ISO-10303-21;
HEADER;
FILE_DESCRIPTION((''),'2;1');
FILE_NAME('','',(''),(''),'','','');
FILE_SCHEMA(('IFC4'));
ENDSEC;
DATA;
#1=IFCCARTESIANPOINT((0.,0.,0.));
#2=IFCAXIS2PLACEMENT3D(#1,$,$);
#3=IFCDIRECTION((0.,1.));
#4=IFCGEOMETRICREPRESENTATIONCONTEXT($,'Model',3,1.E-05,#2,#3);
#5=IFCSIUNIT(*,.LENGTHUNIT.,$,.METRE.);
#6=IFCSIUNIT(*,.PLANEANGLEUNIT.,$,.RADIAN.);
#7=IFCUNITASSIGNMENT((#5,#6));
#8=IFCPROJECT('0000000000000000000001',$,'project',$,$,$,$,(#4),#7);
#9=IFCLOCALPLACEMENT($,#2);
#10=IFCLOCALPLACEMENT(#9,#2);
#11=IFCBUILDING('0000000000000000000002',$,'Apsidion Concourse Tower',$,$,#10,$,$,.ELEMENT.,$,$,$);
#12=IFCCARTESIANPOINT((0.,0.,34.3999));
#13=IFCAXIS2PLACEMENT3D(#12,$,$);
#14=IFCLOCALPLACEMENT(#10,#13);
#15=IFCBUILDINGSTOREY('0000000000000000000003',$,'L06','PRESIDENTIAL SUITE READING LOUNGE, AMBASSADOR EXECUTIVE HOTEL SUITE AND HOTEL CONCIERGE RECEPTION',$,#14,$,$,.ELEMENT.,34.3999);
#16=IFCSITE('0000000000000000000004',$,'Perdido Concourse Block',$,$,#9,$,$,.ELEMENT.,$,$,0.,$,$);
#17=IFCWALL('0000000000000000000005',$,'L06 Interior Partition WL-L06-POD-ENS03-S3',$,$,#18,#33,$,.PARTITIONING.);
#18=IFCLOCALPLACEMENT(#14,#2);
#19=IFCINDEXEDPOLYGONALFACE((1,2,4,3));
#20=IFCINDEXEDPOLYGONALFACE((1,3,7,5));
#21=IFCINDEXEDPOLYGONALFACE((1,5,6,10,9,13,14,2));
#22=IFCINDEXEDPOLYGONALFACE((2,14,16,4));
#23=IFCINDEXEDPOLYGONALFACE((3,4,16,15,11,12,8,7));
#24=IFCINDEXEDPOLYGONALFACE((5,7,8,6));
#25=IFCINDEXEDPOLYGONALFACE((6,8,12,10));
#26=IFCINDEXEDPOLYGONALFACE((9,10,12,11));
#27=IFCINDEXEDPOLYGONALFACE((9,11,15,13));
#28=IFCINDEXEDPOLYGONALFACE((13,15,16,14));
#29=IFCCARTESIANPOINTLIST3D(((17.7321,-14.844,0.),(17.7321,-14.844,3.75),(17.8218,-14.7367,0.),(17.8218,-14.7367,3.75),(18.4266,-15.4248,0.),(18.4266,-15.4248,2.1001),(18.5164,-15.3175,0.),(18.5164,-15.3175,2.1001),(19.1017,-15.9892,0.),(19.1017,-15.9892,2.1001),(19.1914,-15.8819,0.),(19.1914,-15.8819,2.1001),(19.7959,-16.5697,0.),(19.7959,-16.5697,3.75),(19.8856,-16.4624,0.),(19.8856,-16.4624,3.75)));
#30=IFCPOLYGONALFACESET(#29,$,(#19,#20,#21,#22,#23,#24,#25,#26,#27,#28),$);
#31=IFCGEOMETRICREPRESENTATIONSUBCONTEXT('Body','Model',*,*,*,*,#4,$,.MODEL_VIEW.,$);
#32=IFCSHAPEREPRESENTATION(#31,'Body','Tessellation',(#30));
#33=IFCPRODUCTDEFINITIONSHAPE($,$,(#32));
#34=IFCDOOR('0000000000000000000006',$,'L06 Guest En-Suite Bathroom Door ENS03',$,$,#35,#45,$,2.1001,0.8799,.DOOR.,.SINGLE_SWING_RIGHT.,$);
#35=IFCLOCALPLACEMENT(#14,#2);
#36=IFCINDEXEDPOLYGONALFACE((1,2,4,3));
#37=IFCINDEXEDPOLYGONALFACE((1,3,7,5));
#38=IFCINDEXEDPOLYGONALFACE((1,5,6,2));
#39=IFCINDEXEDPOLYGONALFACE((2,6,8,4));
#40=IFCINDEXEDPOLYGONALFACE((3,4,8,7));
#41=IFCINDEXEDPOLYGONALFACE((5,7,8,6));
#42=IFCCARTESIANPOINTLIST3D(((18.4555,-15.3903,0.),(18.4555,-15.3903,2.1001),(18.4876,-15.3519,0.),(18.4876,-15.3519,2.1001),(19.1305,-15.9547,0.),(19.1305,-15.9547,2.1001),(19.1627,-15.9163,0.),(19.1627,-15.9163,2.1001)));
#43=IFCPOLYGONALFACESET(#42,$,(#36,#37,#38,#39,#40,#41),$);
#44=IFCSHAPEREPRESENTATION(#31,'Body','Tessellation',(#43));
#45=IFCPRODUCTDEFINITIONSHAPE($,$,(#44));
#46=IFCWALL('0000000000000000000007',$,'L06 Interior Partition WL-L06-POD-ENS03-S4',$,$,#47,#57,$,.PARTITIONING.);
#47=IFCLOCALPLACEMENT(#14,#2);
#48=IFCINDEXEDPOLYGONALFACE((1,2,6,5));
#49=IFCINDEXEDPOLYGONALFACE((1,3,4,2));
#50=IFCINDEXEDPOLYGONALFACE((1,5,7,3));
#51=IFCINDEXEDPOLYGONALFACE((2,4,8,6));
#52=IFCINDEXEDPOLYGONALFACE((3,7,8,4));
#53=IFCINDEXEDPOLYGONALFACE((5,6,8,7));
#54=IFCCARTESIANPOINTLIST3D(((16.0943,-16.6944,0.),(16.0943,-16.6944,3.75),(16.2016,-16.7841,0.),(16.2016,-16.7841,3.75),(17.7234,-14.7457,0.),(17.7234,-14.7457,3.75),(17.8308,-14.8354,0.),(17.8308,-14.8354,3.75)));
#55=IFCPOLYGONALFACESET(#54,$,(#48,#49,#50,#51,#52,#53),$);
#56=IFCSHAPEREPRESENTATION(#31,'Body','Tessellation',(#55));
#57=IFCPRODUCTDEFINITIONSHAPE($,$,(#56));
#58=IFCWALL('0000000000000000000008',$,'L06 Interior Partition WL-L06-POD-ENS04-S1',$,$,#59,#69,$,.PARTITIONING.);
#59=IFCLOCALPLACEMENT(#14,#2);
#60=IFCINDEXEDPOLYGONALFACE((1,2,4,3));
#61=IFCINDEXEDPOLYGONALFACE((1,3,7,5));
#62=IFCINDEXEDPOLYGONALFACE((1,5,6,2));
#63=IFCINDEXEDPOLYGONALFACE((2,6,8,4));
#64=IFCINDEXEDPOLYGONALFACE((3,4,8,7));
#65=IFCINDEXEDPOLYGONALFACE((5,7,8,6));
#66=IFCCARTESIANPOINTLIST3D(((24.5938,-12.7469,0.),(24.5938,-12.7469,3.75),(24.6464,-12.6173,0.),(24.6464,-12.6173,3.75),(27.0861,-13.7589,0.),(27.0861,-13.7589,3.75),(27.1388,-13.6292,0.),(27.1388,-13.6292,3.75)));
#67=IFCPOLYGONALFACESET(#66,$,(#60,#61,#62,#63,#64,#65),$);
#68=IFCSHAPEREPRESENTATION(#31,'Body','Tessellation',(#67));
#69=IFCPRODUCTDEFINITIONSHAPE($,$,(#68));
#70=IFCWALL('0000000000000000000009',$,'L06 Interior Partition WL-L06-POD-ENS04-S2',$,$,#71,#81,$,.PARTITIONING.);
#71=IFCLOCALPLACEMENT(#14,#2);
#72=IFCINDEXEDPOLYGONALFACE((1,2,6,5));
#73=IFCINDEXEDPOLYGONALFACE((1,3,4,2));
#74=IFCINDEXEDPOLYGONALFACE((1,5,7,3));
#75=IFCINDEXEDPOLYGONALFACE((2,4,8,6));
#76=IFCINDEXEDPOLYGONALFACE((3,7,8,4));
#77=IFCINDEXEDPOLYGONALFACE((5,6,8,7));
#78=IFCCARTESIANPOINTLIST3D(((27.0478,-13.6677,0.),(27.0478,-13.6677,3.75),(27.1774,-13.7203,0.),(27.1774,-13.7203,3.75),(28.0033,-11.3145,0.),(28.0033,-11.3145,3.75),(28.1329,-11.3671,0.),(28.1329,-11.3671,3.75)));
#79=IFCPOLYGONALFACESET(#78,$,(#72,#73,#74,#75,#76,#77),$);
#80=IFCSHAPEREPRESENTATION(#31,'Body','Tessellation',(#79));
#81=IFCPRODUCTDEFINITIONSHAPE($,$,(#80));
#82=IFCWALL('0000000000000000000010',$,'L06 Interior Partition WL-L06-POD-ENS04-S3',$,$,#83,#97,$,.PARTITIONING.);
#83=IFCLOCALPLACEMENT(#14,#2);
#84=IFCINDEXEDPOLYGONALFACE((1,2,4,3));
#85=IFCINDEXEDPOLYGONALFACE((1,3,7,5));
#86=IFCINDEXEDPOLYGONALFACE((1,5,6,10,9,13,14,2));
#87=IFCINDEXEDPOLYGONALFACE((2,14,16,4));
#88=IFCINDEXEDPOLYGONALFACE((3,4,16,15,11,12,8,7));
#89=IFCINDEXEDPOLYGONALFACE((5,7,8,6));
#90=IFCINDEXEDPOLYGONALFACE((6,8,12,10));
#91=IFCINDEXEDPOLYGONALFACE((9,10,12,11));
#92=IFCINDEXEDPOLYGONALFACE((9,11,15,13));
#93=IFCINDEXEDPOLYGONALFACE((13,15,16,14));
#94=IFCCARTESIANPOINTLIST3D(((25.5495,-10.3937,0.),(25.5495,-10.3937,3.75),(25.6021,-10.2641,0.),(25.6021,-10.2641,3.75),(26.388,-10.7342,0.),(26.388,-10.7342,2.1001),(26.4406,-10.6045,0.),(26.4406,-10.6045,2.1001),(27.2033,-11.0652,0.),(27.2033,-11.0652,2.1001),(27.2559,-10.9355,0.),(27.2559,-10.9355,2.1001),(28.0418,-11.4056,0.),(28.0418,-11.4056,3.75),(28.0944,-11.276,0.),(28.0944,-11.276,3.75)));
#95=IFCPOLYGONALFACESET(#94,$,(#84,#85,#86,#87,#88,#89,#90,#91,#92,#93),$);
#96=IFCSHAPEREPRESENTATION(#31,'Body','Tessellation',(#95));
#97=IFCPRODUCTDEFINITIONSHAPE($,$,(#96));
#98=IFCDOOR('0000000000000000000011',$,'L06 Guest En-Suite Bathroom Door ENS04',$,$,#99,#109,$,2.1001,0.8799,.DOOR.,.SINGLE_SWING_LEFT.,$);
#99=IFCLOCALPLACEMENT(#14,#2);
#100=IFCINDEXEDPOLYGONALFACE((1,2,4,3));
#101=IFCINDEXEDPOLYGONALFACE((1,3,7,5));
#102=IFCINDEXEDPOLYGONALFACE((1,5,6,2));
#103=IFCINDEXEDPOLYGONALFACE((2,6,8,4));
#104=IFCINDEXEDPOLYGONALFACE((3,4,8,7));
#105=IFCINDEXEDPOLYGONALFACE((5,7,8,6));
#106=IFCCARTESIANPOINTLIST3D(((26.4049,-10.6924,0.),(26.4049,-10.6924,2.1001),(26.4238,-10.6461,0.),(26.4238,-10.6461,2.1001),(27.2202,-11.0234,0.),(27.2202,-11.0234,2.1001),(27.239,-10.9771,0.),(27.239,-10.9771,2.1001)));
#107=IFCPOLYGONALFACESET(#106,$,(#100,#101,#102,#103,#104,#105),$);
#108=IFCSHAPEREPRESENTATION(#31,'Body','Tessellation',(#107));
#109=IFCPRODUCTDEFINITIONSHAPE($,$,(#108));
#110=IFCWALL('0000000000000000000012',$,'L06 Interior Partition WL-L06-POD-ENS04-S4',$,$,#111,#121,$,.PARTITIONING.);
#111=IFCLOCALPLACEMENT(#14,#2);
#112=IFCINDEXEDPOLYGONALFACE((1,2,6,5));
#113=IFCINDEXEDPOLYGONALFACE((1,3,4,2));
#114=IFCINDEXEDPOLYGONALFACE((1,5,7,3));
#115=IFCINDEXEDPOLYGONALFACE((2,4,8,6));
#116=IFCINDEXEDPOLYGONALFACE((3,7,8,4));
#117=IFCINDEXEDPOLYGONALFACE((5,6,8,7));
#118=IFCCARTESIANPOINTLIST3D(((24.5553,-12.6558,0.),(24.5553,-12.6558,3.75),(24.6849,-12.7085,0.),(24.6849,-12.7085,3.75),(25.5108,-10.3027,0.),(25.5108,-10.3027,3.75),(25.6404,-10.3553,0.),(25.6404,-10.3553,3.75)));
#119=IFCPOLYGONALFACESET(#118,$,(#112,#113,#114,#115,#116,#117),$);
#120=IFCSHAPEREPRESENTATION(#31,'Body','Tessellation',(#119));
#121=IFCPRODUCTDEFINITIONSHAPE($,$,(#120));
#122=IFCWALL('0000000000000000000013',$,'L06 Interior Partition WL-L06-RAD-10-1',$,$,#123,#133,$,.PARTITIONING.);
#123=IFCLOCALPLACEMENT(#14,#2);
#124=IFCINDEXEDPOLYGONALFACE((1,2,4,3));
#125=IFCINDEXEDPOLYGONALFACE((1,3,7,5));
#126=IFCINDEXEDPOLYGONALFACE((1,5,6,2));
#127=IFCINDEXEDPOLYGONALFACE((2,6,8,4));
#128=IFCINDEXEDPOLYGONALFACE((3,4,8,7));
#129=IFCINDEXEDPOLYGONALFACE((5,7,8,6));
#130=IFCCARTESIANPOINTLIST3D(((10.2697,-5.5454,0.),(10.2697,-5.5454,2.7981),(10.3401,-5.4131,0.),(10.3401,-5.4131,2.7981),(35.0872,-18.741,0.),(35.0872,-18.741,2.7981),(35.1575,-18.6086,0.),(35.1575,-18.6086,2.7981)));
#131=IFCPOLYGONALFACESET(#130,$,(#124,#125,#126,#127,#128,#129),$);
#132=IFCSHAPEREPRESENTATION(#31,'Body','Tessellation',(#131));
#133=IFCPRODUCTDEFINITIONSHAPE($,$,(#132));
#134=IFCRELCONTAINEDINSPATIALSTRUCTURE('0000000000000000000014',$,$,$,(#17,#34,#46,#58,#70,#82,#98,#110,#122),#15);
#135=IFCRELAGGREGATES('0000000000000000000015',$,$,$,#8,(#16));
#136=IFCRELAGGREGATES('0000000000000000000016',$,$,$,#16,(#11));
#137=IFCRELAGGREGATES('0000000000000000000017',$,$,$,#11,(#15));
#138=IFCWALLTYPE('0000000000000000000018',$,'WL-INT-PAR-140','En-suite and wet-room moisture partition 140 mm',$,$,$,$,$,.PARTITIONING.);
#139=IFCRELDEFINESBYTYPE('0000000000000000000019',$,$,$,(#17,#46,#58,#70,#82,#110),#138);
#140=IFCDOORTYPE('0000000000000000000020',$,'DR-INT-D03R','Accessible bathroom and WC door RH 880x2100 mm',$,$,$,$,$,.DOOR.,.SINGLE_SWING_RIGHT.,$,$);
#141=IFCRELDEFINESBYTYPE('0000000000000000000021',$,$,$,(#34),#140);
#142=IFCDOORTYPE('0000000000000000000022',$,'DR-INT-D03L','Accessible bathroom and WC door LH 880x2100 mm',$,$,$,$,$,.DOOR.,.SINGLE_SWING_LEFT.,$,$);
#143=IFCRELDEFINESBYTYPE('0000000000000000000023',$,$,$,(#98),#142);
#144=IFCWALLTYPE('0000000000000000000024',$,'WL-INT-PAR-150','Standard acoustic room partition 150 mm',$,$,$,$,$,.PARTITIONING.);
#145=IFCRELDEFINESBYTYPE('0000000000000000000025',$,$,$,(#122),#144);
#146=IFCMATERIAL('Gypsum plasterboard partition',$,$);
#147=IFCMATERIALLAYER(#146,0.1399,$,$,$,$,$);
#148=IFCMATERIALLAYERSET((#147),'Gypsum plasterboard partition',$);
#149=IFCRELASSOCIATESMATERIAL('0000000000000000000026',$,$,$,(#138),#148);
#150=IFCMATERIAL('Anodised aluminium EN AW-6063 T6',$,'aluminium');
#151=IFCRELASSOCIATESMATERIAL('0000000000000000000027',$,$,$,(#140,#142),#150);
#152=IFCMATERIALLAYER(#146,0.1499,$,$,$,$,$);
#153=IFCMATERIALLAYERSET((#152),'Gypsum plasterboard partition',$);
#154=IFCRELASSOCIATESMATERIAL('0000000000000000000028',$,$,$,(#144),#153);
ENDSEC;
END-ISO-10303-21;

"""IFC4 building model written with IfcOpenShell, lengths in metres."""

from ifc_helpers import new_model, si_unit, direction, frame, frame_2d, origin, place, context, subcontext, project, spatial, rectangle, extrude, material, layer, layer_set, type_object, element, fill, save


model = new_model("IFC4")

# Units and contexts
model_context = context("Model", 3, precision=1e-05, world=origin(), true_north=direction((0.0, 1.0)))
body_context = subcontext(model_context, "Body", "Model", "MODEL_VIEW")
ifc_project = project(units=[si_unit("LENGTHUNIT", "METRE"), si_unit("PLANEANGLEUNIT", "RADIAN")], contexts=[model_context])

# Site, building, storey
site_placement = place(None, origin())
site = spatial("IfcSite", under=ifc_project, at=site_placement, Name="Perdido Concourse Block", CompositionType="ELEMENT", RefElevation=0.0)
building_placement = place(site_placement, origin())
building = spatial("IfcBuilding", under=site, at=building_placement, Name="Apsidion Concourse Tower", CompositionType="ELEMENT")
storey_placement = place(building_placement, frame((0.0, 0.0, 34.3999)))
storey = spatial("IfcBuildingStorey", under=building, at=storey_placement, Name="L06", Description="PRESIDENTIAL SUITE READING LOUNGE, AMBASSADOR EXECUTIVE HOTEL SUITE AND HOTEL CONCIERGE RECEPTION", CompositionType="ELEMENT", Elevation=34.3999)

# Shared definitions
ifc_material_1 = material(Name="Anodised aluminium EN AW-6063 T6", Category="aluminium")

# Shared definitions
ifc_material_2 = material(Name="Gypsum plasterboard partition")
ifc_layer_1 = layer(ifc_material_2, 0.1399)
ifc_layer_set_1 = layer_set([ifc_layer_1], Name="Gypsum plasterboard partition")
wall_type_1 = type_object("IfcWallType", Name="WL-INT-PAR-140", Description="En-suite and wet-room moisture partition 140 mm", PredefinedType="PARTITIONING", material=ifc_layer_set_1)

# Wall, opening, door
wall_1_placement = place(storey_placement, frame((19.8408, -16.5161, 0.0), z_axis=(0.0, 0.0, 1.0), x_axis=(-0.767156, 0.64146, 0.0)))
wall_1 = element("IfcWall", 1, at=wall_1_placement, inside=storey, type_object=wall_type_1, Name="L06 Interior Partition WL-L06-POD-ENS03-S3", PredefinedType="PARTITIONING", context=body_context, shape_type="SweptSolid", body=[
    extrude(rectangle(XDim=2.6902, YDim=0.1399, at=frame_2d((1.3452, 0.0))), origin(), (0.0, 0.0, 1.0), 3.75),
])
opening_1_placement = place(wall_1_placement, frame((0.905, 0.0, 0.0)))
opening_1 = element("IfcOpeningElement", 2, at=opening_1_placement, cuts=wall_1, PredefinedType="OPENING", context=body_context, shape_type="SweptSolid", body=[
    extrude(rectangle(XDim=0.8799, YDim=2.1001, at=frame_2d((0.4399, 1.05))), frame((0.0, 0.0801, 0.0), z_axis=(0.0, -1.0, 0.0), x_axis=(1.0, 0.0, 0.0)), (0.0, 0.0, 1.0), 0.1599),
])
door_type_1 = type_object("IfcDoorType", Name="DR-INT-D03R", Description="Accessible bathroom and WC door RH 880x2100 mm", OperationType="SINGLE_SWING_RIGHT", PredefinedType="DOOR", material=ifc_material_1)
door_1_placement = place(opening_1_placement, origin())
door_1 = element("IfcDoor", 3, at=door_1_placement, inside=storey, type_object=door_type_1, Name="L06 Guest En-Suite Bathroom Door ENS03", OperationType="SINGLE_SWING_RIGHT", OverallHeight=2.1001, OverallWidth=0.8799, PredefinedType="DOOR", context=body_context, shape_type="SweptSolid", body=[
    extrude(rectangle(XDim=0.8799, YDim=2.1001, at=frame_2d((0.4399, 1.05))), frame((0.0, 0.0249, 0.0), z_axis=(0.0, -1.0, 0.0), x_axis=(1.0, 0.0, 0.0)), (0.0, 0.0, 1.0), 0.05),
])
fill(opening_1, door_1)

# Walls
wall_2_placement = place(storey_placement, frame((17.7771, -14.7905, 0.0), z_axis=(0.0, 0.0, 1.0), x_axis=(-0.641394, -0.767212, 0.0)))
element("IfcWall", 4, at=wall_2_placement, inside=storey, type_object=wall_type_1, Name="L06 Interior Partition WL-L06-POD-ENS03-S4", PredefinedType="PARTITIONING", context=body_context, shape_type="SweptSolid", body=[
    extrude(rectangle(XDim=2.54, YDim=0.1399, at=frame_2d((1.27, 0.0))), origin(), (0.0, 0.0, 1.0), 3.75),
])
wall_3_placement = place(storey_placement, frame((24.6201, -12.6821, 0.0), z_axis=(0.0, 0.0, 1.0), x_axis=(0.926543, -0.37619, 0.0)))
element("IfcWall", 5, at=wall_3_placement, inside=storey, type_object=wall_type_1, Name="L06 Interior Partition WL-L06-POD-ENS04-S1", PredefinedType="PARTITIONING", context=body_context, shape_type="SweptSolid", body=[
    extrude(rectangle(XDim=2.6899, YDim=0.1399, at=frame_2d((1.345, 0.0))), origin(), (0.0, 0.0, 1.0), 3.75),
])
wall_4_placement = place(storey_placement, frame((27.1125, -13.6941, 0.0), z_axis=(0.0, 0.0, 1.0), x_axis=(0.376225, 0.926528, 0.0)))
element("IfcWall", 6, at=wall_4_placement, inside=storey, type_object=wall_type_1, Name="L06 Interior Partition WL-L06-POD-ENS04-S2", PredefinedType="PARTITIONING", context=body_context, shape_type="SweptSolid", body=[
    extrude(rectangle(XDim=2.5398, YDim=0.1399, at=frame_2d((1.27, 0.0))), origin(), (0.0, 0.0, 1.0), 3.75),
])

# Wall, opening, door
wall_5_placement = place(storey_placement, frame((28.0681, -11.3408, 0.0), z_axis=(0.0, 0.0, 1.0), x_axis=(-0.926543, 0.37619, 0.0)))
wall_5 = element("IfcWall", 7, at=wall_5_placement, inside=storey, type_object=wall_type_1, Name="L06 Interior Partition WL-L06-POD-ENS04-S3", PredefinedType="PARTITIONING", context=body_context, shape_type="SweptSolid", body=[
    extrude(rectangle(XDim=2.6899, YDim=0.1399, at=frame_2d((1.345, 0.0))), origin(), (0.0, 0.0, 1.0), 3.75),
])
opening_2_placement = place(wall_5_placement, frame((0.905, 0.0, 0.0)))
opening_2 = element("IfcOpeningElement", 8, at=opening_2_placement, cuts=wall_5, PredefinedType="OPENING", context=body_context, shape_type="SweptSolid", body=[
    extrude(rectangle(XDim=0.8799, YDim=2.1001, at=frame_2d((0.4399, 1.05))), frame((0.0, 0.0801, 0.0), z_axis=(0.0, -1.0, 0.0), x_axis=(1.0, 0.0, 0.0)), (0.0, 0.0, 1.0), 0.1599),
])
door_type_2 = type_object("IfcDoorType", Name="DR-INT-D03L", Description="Accessible bathroom and WC door LH 880x2100 mm", OperationType="SINGLE_SWING_LEFT", PredefinedType="DOOR", material=ifc_material_1)
door_2_placement = place(opening_2_placement, origin())
door_2 = element("IfcDoor", 9, at=door_2_placement, inside=storey, type_object=door_type_2, Name="L06 Guest En-Suite Bathroom Door ENS04", OperationType="SINGLE_SWING_LEFT", OverallHeight=2.1001, OverallWidth=0.8799, PredefinedType="DOOR", context=body_context, shape_type="SweptSolid", body=[
    extrude(rectangle(XDim=0.8799, YDim=2.1001, at=frame_2d((0.4399, 1.05))), frame((0.0, 0.0249, 0.0), z_axis=(0.0, -1.0, 0.0), x_axis=(1.0, 0.0, 0.0)), (0.0, 0.0, 1.0), 0.05),
])
fill(opening_2, door_2)

# Walls
wall_6_placement = place(storey_placement, frame((25.5757, -10.3289, 0.0), z_axis=(0.0, 0.0, 1.0), x_axis=(-0.376225, -0.926528, 0.0)))
element("IfcWall", 10, at=wall_6_placement, inside=storey, type_object=wall_type_1, Name="L06 Interior Partition WL-L06-POD-ENS04-S4", PredefinedType="PARTITIONING", context=body_context, shape_type="SweptSolid", body=[
    extrude(rectangle(XDim=2.5398, YDim=0.1399, at=frame_2d((1.27, 0.0))), origin(), (0.0, 0.0, 1.0), 3.75),
])
ifc_layer_2 = layer(ifc_material_2, 0.1499)
ifc_layer_set_2 = layer_set([ifc_layer_2], Name="Gypsum plasterboard partition")
wall_type_2 = type_object("IfcWallType", Name="WL-INT-PAR-150", Description="Standard acoustic room partition 150 mm", PredefinedType="PARTITIONING", material=ifc_layer_set_2)
wall_7_placement = place(storey_placement, frame((10.3049, -5.4792, 0.0), z_axis=(0.0, 0.0, 1.0), x_axis=(0.882949, -0.469469, 0.0)))
element("IfcWall", 11, at=wall_7_placement, inside=storey, type_object=wall_type_2, Name="L06 Interior Partition WL-L06-RAD-10-1", PredefinedType="PARTITIONING", context=body_context, shape_type="SweptSolid", body=[
    extrude(rectangle(XDim=28.1074, YDim=0.1499, at=frame_2d((14.0537, 0.0))), origin(), (0.0, 0.0, 1.0), 2.7981),
])

save(model, "model.ifc")
